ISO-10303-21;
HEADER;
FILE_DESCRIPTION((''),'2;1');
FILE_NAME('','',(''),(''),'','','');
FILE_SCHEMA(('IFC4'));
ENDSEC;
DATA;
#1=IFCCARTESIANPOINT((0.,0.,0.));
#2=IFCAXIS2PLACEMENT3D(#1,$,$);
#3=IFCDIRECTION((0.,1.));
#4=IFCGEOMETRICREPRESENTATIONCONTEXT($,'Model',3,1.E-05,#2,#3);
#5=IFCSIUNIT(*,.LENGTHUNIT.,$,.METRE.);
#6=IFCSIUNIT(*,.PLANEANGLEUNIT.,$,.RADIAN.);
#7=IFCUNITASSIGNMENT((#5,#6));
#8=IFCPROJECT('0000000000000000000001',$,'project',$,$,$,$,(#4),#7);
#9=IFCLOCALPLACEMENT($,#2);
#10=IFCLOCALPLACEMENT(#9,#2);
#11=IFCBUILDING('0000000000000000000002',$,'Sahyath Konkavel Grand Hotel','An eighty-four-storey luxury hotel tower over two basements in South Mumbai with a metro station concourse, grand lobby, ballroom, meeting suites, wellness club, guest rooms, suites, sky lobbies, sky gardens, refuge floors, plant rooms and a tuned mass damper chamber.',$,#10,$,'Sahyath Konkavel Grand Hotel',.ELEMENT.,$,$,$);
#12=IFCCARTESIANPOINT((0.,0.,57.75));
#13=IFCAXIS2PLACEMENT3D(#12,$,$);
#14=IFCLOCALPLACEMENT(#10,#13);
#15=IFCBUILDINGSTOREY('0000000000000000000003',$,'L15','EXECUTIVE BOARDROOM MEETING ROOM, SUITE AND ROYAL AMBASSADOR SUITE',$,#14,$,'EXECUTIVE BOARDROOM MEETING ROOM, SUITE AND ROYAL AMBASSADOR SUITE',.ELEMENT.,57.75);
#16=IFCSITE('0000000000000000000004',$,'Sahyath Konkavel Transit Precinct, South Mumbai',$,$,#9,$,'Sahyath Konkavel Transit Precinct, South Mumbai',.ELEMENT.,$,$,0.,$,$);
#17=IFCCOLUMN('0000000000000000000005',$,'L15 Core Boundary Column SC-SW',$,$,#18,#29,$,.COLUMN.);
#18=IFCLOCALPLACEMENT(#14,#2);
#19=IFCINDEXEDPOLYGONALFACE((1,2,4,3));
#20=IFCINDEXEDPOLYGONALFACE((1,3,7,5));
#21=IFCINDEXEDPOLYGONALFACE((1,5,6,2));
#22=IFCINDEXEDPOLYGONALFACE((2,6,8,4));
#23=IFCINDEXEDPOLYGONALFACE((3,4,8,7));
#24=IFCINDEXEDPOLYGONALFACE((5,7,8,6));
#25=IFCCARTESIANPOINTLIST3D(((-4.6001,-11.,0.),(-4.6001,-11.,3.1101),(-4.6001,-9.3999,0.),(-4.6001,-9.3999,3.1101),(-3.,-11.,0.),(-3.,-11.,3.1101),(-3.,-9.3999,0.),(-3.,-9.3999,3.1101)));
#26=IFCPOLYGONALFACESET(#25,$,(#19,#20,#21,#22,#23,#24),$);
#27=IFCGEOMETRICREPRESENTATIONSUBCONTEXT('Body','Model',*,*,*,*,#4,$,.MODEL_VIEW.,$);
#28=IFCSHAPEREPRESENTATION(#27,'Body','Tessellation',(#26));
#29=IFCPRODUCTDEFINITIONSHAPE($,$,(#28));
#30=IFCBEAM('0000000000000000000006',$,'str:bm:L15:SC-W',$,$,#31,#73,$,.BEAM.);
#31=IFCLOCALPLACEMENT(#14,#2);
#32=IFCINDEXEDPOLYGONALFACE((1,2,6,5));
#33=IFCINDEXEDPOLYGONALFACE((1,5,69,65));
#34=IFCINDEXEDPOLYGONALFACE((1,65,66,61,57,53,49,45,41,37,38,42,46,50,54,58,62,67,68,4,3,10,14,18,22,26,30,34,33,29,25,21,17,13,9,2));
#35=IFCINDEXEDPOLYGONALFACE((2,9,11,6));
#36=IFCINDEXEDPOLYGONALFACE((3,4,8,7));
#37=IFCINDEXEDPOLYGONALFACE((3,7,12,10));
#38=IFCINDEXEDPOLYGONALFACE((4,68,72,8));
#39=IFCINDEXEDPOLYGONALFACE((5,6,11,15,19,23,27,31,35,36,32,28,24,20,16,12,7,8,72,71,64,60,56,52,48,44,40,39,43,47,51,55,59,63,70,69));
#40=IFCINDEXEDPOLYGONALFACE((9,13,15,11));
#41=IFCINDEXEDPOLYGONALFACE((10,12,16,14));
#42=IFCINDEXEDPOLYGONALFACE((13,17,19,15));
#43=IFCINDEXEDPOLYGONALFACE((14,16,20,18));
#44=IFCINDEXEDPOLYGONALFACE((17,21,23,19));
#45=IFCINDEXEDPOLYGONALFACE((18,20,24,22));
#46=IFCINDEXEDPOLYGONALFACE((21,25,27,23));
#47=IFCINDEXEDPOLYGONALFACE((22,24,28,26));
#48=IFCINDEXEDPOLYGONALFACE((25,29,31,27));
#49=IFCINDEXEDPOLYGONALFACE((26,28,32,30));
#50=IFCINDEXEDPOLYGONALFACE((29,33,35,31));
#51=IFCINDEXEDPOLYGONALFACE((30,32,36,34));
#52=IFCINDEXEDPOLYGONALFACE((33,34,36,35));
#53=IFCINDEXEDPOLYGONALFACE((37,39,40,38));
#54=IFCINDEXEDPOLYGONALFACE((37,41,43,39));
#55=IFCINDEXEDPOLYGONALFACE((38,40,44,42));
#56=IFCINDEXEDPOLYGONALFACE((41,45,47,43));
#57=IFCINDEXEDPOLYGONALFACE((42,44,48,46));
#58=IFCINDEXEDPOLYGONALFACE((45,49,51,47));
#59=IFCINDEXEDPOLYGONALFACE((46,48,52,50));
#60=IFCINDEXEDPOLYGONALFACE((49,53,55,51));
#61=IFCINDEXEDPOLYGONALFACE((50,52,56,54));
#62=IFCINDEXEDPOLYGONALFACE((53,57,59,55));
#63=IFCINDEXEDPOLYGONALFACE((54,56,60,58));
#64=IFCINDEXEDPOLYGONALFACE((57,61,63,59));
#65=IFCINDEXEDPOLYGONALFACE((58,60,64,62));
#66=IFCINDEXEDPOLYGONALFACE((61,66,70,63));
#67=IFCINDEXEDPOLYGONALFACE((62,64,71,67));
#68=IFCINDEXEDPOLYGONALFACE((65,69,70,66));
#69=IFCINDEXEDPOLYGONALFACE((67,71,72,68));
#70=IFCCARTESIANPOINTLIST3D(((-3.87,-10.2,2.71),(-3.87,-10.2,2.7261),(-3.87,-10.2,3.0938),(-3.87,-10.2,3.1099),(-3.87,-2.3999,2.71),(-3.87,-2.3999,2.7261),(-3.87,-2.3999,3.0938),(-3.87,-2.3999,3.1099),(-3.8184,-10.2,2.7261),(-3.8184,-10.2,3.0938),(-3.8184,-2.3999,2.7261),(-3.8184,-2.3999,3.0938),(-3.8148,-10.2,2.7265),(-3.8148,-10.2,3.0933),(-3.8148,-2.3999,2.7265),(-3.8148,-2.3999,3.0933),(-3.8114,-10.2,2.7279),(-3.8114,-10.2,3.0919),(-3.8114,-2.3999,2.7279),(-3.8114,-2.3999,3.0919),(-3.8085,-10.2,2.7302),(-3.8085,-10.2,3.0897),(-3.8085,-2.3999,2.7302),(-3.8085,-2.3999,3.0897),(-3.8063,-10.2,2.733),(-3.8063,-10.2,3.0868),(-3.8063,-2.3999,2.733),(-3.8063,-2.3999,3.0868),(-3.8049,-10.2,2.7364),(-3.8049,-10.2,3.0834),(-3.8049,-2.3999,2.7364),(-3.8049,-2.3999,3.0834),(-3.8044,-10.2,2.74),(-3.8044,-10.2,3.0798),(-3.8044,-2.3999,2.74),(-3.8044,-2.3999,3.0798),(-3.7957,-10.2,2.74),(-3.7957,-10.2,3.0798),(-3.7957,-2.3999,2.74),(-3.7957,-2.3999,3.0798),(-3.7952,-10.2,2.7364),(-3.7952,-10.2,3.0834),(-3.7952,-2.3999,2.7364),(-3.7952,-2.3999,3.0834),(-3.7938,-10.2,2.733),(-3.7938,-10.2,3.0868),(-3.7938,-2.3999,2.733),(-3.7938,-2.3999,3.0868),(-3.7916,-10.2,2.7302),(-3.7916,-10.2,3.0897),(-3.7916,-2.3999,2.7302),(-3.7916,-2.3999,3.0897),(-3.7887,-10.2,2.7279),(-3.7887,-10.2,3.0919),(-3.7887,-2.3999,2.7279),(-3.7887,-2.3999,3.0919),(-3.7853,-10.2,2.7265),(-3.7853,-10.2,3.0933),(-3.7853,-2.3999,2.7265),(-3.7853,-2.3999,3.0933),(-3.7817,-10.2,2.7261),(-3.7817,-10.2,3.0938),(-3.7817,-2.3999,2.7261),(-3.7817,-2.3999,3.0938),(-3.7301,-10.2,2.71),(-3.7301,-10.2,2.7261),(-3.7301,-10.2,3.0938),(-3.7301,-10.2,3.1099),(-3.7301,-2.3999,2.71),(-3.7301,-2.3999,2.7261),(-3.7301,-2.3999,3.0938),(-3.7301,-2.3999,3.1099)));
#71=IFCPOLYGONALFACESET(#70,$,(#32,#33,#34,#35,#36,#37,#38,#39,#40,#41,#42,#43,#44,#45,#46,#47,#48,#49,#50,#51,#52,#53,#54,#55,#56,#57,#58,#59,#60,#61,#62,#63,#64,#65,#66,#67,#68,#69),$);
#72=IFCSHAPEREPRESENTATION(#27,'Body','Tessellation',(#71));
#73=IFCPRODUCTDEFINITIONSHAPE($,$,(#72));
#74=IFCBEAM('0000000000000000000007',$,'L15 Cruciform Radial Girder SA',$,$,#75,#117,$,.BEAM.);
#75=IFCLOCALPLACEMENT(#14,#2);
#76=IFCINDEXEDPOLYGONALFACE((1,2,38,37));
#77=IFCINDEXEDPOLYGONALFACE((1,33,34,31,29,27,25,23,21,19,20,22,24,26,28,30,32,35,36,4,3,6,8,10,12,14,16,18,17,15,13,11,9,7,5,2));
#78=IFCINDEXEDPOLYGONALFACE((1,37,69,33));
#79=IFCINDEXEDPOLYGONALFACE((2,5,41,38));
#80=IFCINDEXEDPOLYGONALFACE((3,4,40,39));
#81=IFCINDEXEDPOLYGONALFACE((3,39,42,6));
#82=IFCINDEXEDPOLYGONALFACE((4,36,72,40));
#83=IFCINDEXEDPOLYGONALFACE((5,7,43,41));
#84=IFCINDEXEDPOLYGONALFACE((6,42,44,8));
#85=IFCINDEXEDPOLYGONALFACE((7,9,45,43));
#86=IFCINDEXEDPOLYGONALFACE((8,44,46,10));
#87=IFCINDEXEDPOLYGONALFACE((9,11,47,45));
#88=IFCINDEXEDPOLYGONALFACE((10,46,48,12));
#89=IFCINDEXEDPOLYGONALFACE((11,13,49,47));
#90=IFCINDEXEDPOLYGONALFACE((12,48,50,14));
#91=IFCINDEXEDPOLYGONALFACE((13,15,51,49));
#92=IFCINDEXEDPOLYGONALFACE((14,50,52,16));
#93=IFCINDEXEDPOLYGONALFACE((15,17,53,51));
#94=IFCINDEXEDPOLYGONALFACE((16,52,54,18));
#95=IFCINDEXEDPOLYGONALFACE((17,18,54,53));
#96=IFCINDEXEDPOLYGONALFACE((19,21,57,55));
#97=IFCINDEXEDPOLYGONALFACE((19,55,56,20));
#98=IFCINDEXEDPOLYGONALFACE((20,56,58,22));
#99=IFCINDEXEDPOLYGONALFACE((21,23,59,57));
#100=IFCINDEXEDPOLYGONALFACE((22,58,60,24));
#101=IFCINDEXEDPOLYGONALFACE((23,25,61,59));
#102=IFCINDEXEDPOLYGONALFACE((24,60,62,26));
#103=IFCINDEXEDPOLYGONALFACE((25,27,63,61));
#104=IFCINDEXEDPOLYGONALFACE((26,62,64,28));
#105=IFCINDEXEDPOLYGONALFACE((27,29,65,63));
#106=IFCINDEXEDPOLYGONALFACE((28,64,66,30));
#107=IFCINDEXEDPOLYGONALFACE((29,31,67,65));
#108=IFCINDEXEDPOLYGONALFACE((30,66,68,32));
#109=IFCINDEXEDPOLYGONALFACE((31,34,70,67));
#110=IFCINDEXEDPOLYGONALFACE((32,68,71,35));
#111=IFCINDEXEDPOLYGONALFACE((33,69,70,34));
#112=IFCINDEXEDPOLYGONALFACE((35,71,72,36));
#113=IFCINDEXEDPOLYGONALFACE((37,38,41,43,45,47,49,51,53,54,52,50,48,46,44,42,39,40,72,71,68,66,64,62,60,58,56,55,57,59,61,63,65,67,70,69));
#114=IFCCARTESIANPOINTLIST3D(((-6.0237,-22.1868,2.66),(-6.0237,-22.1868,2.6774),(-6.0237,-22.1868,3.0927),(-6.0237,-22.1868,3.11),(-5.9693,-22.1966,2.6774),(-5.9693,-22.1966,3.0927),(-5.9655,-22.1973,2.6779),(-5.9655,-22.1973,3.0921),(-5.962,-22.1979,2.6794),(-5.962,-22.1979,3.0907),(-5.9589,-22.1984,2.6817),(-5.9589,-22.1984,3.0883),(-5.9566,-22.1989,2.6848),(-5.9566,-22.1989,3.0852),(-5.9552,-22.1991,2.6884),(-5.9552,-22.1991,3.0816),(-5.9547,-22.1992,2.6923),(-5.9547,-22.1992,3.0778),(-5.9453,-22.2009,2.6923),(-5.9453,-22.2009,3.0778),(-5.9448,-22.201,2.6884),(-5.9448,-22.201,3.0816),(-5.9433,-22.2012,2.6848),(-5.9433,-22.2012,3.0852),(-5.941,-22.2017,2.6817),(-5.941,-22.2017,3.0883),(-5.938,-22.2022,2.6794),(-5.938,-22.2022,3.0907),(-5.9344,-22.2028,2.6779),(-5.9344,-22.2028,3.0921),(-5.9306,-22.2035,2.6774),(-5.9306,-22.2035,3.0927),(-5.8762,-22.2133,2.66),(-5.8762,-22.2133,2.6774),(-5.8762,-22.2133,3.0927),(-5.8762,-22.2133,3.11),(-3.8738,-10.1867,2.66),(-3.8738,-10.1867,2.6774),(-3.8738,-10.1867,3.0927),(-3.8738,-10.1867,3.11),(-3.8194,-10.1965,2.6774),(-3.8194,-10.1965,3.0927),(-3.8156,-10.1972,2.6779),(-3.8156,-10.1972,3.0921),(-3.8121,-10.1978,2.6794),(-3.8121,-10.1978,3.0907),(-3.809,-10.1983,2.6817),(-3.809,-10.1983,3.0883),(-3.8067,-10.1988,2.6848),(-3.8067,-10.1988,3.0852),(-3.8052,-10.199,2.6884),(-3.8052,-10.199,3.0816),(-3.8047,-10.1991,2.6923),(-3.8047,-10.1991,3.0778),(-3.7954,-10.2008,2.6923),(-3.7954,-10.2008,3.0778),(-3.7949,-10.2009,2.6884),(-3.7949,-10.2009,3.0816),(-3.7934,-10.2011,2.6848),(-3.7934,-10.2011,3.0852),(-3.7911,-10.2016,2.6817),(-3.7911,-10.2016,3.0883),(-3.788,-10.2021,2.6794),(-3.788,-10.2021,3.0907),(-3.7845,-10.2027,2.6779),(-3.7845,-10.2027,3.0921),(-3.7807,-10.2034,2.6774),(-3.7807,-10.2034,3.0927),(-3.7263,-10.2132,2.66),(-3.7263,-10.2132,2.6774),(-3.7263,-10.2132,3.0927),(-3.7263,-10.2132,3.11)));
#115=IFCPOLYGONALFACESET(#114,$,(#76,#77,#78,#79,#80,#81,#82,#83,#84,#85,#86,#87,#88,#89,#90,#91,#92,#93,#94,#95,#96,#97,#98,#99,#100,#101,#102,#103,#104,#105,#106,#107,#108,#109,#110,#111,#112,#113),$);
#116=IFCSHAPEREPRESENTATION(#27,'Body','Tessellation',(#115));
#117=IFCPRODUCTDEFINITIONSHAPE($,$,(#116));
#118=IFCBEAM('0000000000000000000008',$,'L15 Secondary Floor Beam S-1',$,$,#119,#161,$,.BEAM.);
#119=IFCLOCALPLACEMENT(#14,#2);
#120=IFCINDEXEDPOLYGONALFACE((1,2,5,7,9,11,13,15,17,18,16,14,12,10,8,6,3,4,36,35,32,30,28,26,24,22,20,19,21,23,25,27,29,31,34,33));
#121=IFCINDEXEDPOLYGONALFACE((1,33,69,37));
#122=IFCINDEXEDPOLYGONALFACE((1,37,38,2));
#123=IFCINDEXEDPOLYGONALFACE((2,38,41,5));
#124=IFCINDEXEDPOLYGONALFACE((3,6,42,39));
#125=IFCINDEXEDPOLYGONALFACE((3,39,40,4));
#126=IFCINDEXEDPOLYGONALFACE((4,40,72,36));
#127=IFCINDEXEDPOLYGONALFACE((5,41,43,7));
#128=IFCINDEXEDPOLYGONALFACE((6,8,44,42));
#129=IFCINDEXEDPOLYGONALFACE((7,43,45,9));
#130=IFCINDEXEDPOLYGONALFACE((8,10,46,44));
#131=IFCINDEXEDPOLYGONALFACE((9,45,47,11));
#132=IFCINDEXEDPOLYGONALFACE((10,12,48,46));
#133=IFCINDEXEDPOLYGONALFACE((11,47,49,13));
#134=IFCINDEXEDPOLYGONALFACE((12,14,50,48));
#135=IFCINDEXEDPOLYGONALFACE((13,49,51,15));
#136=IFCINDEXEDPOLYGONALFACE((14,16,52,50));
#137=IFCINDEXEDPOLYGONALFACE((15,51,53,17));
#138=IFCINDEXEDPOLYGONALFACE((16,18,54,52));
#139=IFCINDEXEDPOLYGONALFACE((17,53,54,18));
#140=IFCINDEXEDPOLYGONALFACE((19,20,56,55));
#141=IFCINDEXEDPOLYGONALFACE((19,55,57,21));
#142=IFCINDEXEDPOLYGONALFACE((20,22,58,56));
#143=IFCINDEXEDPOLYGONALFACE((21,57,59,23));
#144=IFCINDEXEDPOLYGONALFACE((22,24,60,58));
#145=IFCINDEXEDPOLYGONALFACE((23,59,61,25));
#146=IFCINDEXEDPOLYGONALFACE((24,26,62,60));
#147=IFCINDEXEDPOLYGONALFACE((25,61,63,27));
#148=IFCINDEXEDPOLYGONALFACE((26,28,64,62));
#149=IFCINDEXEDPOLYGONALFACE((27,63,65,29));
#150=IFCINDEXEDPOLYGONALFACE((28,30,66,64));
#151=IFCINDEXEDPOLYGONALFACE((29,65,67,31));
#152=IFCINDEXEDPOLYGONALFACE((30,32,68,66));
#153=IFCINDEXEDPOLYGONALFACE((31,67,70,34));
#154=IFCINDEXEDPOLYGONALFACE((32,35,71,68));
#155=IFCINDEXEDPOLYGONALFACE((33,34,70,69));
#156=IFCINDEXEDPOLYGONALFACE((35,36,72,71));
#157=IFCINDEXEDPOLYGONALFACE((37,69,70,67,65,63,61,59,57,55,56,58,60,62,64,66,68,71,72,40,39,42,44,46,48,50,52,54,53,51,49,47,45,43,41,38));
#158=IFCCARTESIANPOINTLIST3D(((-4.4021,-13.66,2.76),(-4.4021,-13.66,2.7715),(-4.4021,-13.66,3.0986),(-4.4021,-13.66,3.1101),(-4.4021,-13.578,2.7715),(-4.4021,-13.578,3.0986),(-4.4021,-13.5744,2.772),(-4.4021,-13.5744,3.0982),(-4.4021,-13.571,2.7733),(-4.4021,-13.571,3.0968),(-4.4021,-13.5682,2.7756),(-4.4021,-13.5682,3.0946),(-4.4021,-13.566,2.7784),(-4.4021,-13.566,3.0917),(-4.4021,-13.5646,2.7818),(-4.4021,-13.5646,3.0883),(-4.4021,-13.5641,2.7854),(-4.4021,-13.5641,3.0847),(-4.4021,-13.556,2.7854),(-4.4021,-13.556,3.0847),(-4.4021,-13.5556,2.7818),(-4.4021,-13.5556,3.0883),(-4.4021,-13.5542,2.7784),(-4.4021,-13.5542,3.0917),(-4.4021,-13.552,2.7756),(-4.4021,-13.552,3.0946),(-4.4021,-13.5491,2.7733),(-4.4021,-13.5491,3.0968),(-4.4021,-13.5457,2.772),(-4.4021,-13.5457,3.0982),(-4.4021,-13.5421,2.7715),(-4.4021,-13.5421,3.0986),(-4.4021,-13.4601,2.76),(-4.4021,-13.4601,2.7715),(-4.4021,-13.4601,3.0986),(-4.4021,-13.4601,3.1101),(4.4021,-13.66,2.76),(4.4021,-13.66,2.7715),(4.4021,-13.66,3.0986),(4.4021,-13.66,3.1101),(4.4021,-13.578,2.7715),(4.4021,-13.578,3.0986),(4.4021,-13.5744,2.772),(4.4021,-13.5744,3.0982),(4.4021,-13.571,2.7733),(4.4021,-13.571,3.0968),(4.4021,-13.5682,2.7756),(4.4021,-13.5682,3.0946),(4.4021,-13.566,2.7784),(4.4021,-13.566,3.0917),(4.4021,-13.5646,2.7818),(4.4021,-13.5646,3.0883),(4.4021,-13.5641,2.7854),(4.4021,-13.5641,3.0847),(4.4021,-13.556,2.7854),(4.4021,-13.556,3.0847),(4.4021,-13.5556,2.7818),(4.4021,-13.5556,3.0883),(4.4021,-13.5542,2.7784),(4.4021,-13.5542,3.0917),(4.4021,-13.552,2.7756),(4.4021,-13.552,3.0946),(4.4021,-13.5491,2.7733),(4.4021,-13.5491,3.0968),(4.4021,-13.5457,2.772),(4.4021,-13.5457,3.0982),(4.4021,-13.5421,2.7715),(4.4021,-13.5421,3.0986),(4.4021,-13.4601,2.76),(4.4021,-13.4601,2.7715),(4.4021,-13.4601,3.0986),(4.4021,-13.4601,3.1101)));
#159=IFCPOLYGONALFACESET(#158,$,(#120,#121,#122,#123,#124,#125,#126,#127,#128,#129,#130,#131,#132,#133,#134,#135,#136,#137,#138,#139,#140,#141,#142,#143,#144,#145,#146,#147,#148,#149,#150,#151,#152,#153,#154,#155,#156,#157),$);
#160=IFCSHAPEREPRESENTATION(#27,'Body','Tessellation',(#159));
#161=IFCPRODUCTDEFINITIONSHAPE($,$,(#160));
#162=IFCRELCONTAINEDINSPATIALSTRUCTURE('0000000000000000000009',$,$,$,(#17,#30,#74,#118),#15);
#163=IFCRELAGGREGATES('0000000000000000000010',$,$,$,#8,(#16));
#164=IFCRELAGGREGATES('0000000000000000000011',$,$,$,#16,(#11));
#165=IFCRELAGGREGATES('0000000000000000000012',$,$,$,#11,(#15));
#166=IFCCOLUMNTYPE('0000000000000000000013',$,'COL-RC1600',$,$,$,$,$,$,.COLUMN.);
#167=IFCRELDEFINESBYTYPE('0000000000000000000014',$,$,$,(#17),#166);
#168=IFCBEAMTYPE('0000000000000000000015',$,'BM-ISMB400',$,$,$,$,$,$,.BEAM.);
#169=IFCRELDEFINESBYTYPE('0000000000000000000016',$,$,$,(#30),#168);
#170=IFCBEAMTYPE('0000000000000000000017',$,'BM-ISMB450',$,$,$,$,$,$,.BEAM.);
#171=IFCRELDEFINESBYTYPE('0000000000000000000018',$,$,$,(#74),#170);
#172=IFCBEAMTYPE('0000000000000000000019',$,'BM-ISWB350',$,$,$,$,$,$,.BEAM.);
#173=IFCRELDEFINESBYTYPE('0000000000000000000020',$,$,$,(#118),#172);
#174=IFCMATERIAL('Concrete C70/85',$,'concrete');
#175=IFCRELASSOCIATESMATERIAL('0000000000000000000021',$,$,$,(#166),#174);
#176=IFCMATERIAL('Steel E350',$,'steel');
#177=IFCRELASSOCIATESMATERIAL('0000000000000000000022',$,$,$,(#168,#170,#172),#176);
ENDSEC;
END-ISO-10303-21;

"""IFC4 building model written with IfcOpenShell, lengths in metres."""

from ifc_helpers import new_model, si_unit, direction, frame, origin, origin_2d, place, context, subcontext, project, spatial, rectangle, i_section, extrude, source, transform, mapped, material, material_profile, profile_set, type_object, element, save


model = new_model("IFC4")

# Units and contexts
model_context = context("Model", 3, precision=1e-05, world=origin(), true_north=direction((0.0, 1.0)))
body_context = subcontext(model_context, "Body", "Model", "MODEL_VIEW")
ifc_project = project(units=[si_unit("LENGTHUNIT", "METRE"), si_unit("PLANEANGLEUNIT", "RADIAN")], contexts=[model_context])

# Site, building, storey
site_placement = place(None, origin())
site = spatial("IfcSite", under=ifc_project, at=site_placement, Name="Sahyath Konkavel Transit Precinct, South Mumbai", LongName="Sahyath Konkavel Transit Precinct, South Mumbai", CompositionType="ELEMENT", RefElevation=0.0)
building_placement = place(site_placement, origin())
building = spatial("IfcBuilding", under=site, at=building_placement, Name="Sahyath Konkavel Grand Hotel", Description="An eighty-four-storey luxury hotel tower over two basements in South Mumbai with a metro station concourse, grand lobby, ballroom, meeting suites, wellness club, guest rooms, suites, sky lobbies, sky gardens, refuge floors, plant rooms and a tuned mass damper chamber.", LongName="Sahyath Konkavel Grand Hotel", CompositionType="ELEMENT")
storey_placement = place(building_placement, frame((0.0, 0.0, 57.75)))
storey = spatial("IfcBuildingStorey", under=building, at=storey_placement, Name="L15", Description="EXECUTIVE BOARDROOM MEETING ROOM, SUITE AND ROYAL AMBASSADOR SUITE", LongName="EXECUTIVE BOARDROOM MEETING ROOM, SUITE AND ROYAL AMBASSADOR SUITE", CompositionType="ELEMENT", Elevation=57.75)

# Column
ifc_material_1 = material(Name="Concrete C70/85", Category="concrete")
ifc_material_profile_1 = material_profile(ifc_material_1, rectangle(XDim=1.6001, YDim=1.6001, at=origin_2d()), Name="RC 1600x1600")
ifc_profile_set_1 = profile_set([ifc_material_profile_1], Name="Concrete C70/85")
column_type = type_object("IfcColumnType", Name="COL-RC1600", PredefinedType="COLUMN", material=ifc_profile_set_1)
shared_shape_1 = source(origin(), body_context, "Body", "SweptSolid", [
    extrude(rectangle(XDim=1.6001, YDim=1.6001, at=origin_2d()), origin(), (0.0, 0.0, 1.0), 3.1101),
])
column_placement = place(storey_placement, frame((-3.8, -10.2, 0.0), z_axis=(0.0, 0.0, 1.0), x_axis=(1.0, 0.0, 0.0)))
element("IfcColumn", 1, at=column_placement, inside=storey, type_object=column_type, Name="L15 Core Boundary Column SC-SW", PredefinedType="COLUMN", context=body_context, shape_type="MappedRepresentation", body=[
    mapped(shared_shape_1, transform((0.0, 0.0, 0.0), scale=1.0)),
])

# Beams
ifc_material_2 = material(Name="Steel E350", Category="steel")
ifc_material_profile_2 = material_profile(ifc_material_2, i_section(OverallWidth=0.1399, OverallDepth=0.3999, WebThickness=0.0088, FlangeThickness=0.0161, FilletRadius=0.0139, at=origin_2d()), Name="ISMB 400")
ifc_profile_set_2 = profile_set([ifc_material_profile_2], Name="Steel E350")
beam_type_1 = type_object("IfcBeamType", Name="BM-ISMB400", PredefinedType="BEAM", material=ifc_profile_set_2)
shared_shape_2 = source(origin(), body_context, "Body", "SweptSolid", [
    extrude(i_section(OverallWidth=0.1399, OverallDepth=0.3999, WebThickness=0.0088, FlangeThickness=0.0161, FilletRadius=0.0139, at=origin_2d()), origin(), (0.0, 0.0, 1.0), 7.8),
])
beam_1_placement = place(storey_placement, frame((-3.8, -10.2, 2.9099), z_axis=(0.0, 1.0, 0.0), x_axis=(-1.0, 0.0, 0.0)))
element("IfcBeam", 2, at=beam_1_placement, inside=storey, type_object=beam_type_1, Name="str:bm:L15:SC-W", PredefinedType="BEAM", context=body_context, shape_type="MappedRepresentation", body=[
    mapped(shared_shape_2, transform((0.0, 0.0, 0.0), scale=1.0)),
])
ifc_material_profile_3 = material_profile(ifc_material_2, i_section(OverallWidth=0.1499, OverallDepth=0.45, WebThickness=0.0095, FlangeThickness=0.0173, FilletRadius=0.0149, at=origin_2d()), Name="ISMB 450")
ifc_profile_set_3 = profile_set([ifc_material_profile_3], Name="Steel E350")
beam_type_2 = type_object("IfcBeamType", Name="BM-ISMB450", PredefinedType="BEAM", material=ifc_profile_set_3)
shared_shape_3 = source(origin(), body_context, "Body", "SweptSolid", [
    extrude(i_section(OverallWidth=0.1499, OverallDepth=0.45, WebThickness=0.0095, FlangeThickness=0.0173, FilletRadius=0.0149, at=origin_2d()), origin(), (0.0, 0.0, 1.0), 12.1912),
])
beam_2_placement = place(storey_placement, frame((-3.8, -10.2, 2.885), z_axis=(-0.176351, -0.984327, 0.0), x_axis=(0.984327, -0.176351, 0.0)))
element("IfcBeam", 3, at=beam_2_placement, inside=storey, type_object=beam_type_2, Name="L15 Cruciform Radial Girder SA", PredefinedType="BEAM", context=body_context, shape_type="MappedRepresentation", body=[
    mapped(shared_shape_3, transform((0.0, 0.0, 0.0), scale=1.0)),
])
ifc_material_profile_4 = material_profile(ifc_material_2, i_section(OverallWidth=0.2, OverallDepth=0.3501, WebThickness=0.0081, FlangeThickness=0.0115, FilletRadius=0.0139, at=origin_2d()), Name="ISWB 350")
ifc_profile_set_4 = profile_set([ifc_material_profile_4], Name="Steel E350")
beam_type_3 = type_object("IfcBeamType", Name="BM-ISWB350", PredefinedType="BEAM", material=ifc_profile_set_4)
shared_shape_4 = source(origin(), body_context, "Body", "SweptSolid", [
    extrude(i_section(OverallWidth=0.2, OverallDepth=0.3501, WebThickness=0.0081, FlangeThickness=0.0115, FilletRadius=0.0139, at=origin_2d()), origin(), (0.0, 0.0, 1.0), 8.8042),
])
beam_3_placement = place(storey_placement, frame((-4.4021, -13.5601, 2.9351), z_axis=(1.0, 0.0, 0.0), x_axis=(0.0, 1.0, 0.0)))
element("IfcBeam", 4, at=beam_3_placement, inside=storey, type_object=beam_type_3, Name="L15 Secondary Floor Beam S-1", PredefinedType="BEAM", context=body_context, shape_type="MappedRepresentation", body=[
    mapped(shared_shape_4, transform((0.0, 0.0, 0.0), scale=1.0)),
])

save(model, "model.ifc")
